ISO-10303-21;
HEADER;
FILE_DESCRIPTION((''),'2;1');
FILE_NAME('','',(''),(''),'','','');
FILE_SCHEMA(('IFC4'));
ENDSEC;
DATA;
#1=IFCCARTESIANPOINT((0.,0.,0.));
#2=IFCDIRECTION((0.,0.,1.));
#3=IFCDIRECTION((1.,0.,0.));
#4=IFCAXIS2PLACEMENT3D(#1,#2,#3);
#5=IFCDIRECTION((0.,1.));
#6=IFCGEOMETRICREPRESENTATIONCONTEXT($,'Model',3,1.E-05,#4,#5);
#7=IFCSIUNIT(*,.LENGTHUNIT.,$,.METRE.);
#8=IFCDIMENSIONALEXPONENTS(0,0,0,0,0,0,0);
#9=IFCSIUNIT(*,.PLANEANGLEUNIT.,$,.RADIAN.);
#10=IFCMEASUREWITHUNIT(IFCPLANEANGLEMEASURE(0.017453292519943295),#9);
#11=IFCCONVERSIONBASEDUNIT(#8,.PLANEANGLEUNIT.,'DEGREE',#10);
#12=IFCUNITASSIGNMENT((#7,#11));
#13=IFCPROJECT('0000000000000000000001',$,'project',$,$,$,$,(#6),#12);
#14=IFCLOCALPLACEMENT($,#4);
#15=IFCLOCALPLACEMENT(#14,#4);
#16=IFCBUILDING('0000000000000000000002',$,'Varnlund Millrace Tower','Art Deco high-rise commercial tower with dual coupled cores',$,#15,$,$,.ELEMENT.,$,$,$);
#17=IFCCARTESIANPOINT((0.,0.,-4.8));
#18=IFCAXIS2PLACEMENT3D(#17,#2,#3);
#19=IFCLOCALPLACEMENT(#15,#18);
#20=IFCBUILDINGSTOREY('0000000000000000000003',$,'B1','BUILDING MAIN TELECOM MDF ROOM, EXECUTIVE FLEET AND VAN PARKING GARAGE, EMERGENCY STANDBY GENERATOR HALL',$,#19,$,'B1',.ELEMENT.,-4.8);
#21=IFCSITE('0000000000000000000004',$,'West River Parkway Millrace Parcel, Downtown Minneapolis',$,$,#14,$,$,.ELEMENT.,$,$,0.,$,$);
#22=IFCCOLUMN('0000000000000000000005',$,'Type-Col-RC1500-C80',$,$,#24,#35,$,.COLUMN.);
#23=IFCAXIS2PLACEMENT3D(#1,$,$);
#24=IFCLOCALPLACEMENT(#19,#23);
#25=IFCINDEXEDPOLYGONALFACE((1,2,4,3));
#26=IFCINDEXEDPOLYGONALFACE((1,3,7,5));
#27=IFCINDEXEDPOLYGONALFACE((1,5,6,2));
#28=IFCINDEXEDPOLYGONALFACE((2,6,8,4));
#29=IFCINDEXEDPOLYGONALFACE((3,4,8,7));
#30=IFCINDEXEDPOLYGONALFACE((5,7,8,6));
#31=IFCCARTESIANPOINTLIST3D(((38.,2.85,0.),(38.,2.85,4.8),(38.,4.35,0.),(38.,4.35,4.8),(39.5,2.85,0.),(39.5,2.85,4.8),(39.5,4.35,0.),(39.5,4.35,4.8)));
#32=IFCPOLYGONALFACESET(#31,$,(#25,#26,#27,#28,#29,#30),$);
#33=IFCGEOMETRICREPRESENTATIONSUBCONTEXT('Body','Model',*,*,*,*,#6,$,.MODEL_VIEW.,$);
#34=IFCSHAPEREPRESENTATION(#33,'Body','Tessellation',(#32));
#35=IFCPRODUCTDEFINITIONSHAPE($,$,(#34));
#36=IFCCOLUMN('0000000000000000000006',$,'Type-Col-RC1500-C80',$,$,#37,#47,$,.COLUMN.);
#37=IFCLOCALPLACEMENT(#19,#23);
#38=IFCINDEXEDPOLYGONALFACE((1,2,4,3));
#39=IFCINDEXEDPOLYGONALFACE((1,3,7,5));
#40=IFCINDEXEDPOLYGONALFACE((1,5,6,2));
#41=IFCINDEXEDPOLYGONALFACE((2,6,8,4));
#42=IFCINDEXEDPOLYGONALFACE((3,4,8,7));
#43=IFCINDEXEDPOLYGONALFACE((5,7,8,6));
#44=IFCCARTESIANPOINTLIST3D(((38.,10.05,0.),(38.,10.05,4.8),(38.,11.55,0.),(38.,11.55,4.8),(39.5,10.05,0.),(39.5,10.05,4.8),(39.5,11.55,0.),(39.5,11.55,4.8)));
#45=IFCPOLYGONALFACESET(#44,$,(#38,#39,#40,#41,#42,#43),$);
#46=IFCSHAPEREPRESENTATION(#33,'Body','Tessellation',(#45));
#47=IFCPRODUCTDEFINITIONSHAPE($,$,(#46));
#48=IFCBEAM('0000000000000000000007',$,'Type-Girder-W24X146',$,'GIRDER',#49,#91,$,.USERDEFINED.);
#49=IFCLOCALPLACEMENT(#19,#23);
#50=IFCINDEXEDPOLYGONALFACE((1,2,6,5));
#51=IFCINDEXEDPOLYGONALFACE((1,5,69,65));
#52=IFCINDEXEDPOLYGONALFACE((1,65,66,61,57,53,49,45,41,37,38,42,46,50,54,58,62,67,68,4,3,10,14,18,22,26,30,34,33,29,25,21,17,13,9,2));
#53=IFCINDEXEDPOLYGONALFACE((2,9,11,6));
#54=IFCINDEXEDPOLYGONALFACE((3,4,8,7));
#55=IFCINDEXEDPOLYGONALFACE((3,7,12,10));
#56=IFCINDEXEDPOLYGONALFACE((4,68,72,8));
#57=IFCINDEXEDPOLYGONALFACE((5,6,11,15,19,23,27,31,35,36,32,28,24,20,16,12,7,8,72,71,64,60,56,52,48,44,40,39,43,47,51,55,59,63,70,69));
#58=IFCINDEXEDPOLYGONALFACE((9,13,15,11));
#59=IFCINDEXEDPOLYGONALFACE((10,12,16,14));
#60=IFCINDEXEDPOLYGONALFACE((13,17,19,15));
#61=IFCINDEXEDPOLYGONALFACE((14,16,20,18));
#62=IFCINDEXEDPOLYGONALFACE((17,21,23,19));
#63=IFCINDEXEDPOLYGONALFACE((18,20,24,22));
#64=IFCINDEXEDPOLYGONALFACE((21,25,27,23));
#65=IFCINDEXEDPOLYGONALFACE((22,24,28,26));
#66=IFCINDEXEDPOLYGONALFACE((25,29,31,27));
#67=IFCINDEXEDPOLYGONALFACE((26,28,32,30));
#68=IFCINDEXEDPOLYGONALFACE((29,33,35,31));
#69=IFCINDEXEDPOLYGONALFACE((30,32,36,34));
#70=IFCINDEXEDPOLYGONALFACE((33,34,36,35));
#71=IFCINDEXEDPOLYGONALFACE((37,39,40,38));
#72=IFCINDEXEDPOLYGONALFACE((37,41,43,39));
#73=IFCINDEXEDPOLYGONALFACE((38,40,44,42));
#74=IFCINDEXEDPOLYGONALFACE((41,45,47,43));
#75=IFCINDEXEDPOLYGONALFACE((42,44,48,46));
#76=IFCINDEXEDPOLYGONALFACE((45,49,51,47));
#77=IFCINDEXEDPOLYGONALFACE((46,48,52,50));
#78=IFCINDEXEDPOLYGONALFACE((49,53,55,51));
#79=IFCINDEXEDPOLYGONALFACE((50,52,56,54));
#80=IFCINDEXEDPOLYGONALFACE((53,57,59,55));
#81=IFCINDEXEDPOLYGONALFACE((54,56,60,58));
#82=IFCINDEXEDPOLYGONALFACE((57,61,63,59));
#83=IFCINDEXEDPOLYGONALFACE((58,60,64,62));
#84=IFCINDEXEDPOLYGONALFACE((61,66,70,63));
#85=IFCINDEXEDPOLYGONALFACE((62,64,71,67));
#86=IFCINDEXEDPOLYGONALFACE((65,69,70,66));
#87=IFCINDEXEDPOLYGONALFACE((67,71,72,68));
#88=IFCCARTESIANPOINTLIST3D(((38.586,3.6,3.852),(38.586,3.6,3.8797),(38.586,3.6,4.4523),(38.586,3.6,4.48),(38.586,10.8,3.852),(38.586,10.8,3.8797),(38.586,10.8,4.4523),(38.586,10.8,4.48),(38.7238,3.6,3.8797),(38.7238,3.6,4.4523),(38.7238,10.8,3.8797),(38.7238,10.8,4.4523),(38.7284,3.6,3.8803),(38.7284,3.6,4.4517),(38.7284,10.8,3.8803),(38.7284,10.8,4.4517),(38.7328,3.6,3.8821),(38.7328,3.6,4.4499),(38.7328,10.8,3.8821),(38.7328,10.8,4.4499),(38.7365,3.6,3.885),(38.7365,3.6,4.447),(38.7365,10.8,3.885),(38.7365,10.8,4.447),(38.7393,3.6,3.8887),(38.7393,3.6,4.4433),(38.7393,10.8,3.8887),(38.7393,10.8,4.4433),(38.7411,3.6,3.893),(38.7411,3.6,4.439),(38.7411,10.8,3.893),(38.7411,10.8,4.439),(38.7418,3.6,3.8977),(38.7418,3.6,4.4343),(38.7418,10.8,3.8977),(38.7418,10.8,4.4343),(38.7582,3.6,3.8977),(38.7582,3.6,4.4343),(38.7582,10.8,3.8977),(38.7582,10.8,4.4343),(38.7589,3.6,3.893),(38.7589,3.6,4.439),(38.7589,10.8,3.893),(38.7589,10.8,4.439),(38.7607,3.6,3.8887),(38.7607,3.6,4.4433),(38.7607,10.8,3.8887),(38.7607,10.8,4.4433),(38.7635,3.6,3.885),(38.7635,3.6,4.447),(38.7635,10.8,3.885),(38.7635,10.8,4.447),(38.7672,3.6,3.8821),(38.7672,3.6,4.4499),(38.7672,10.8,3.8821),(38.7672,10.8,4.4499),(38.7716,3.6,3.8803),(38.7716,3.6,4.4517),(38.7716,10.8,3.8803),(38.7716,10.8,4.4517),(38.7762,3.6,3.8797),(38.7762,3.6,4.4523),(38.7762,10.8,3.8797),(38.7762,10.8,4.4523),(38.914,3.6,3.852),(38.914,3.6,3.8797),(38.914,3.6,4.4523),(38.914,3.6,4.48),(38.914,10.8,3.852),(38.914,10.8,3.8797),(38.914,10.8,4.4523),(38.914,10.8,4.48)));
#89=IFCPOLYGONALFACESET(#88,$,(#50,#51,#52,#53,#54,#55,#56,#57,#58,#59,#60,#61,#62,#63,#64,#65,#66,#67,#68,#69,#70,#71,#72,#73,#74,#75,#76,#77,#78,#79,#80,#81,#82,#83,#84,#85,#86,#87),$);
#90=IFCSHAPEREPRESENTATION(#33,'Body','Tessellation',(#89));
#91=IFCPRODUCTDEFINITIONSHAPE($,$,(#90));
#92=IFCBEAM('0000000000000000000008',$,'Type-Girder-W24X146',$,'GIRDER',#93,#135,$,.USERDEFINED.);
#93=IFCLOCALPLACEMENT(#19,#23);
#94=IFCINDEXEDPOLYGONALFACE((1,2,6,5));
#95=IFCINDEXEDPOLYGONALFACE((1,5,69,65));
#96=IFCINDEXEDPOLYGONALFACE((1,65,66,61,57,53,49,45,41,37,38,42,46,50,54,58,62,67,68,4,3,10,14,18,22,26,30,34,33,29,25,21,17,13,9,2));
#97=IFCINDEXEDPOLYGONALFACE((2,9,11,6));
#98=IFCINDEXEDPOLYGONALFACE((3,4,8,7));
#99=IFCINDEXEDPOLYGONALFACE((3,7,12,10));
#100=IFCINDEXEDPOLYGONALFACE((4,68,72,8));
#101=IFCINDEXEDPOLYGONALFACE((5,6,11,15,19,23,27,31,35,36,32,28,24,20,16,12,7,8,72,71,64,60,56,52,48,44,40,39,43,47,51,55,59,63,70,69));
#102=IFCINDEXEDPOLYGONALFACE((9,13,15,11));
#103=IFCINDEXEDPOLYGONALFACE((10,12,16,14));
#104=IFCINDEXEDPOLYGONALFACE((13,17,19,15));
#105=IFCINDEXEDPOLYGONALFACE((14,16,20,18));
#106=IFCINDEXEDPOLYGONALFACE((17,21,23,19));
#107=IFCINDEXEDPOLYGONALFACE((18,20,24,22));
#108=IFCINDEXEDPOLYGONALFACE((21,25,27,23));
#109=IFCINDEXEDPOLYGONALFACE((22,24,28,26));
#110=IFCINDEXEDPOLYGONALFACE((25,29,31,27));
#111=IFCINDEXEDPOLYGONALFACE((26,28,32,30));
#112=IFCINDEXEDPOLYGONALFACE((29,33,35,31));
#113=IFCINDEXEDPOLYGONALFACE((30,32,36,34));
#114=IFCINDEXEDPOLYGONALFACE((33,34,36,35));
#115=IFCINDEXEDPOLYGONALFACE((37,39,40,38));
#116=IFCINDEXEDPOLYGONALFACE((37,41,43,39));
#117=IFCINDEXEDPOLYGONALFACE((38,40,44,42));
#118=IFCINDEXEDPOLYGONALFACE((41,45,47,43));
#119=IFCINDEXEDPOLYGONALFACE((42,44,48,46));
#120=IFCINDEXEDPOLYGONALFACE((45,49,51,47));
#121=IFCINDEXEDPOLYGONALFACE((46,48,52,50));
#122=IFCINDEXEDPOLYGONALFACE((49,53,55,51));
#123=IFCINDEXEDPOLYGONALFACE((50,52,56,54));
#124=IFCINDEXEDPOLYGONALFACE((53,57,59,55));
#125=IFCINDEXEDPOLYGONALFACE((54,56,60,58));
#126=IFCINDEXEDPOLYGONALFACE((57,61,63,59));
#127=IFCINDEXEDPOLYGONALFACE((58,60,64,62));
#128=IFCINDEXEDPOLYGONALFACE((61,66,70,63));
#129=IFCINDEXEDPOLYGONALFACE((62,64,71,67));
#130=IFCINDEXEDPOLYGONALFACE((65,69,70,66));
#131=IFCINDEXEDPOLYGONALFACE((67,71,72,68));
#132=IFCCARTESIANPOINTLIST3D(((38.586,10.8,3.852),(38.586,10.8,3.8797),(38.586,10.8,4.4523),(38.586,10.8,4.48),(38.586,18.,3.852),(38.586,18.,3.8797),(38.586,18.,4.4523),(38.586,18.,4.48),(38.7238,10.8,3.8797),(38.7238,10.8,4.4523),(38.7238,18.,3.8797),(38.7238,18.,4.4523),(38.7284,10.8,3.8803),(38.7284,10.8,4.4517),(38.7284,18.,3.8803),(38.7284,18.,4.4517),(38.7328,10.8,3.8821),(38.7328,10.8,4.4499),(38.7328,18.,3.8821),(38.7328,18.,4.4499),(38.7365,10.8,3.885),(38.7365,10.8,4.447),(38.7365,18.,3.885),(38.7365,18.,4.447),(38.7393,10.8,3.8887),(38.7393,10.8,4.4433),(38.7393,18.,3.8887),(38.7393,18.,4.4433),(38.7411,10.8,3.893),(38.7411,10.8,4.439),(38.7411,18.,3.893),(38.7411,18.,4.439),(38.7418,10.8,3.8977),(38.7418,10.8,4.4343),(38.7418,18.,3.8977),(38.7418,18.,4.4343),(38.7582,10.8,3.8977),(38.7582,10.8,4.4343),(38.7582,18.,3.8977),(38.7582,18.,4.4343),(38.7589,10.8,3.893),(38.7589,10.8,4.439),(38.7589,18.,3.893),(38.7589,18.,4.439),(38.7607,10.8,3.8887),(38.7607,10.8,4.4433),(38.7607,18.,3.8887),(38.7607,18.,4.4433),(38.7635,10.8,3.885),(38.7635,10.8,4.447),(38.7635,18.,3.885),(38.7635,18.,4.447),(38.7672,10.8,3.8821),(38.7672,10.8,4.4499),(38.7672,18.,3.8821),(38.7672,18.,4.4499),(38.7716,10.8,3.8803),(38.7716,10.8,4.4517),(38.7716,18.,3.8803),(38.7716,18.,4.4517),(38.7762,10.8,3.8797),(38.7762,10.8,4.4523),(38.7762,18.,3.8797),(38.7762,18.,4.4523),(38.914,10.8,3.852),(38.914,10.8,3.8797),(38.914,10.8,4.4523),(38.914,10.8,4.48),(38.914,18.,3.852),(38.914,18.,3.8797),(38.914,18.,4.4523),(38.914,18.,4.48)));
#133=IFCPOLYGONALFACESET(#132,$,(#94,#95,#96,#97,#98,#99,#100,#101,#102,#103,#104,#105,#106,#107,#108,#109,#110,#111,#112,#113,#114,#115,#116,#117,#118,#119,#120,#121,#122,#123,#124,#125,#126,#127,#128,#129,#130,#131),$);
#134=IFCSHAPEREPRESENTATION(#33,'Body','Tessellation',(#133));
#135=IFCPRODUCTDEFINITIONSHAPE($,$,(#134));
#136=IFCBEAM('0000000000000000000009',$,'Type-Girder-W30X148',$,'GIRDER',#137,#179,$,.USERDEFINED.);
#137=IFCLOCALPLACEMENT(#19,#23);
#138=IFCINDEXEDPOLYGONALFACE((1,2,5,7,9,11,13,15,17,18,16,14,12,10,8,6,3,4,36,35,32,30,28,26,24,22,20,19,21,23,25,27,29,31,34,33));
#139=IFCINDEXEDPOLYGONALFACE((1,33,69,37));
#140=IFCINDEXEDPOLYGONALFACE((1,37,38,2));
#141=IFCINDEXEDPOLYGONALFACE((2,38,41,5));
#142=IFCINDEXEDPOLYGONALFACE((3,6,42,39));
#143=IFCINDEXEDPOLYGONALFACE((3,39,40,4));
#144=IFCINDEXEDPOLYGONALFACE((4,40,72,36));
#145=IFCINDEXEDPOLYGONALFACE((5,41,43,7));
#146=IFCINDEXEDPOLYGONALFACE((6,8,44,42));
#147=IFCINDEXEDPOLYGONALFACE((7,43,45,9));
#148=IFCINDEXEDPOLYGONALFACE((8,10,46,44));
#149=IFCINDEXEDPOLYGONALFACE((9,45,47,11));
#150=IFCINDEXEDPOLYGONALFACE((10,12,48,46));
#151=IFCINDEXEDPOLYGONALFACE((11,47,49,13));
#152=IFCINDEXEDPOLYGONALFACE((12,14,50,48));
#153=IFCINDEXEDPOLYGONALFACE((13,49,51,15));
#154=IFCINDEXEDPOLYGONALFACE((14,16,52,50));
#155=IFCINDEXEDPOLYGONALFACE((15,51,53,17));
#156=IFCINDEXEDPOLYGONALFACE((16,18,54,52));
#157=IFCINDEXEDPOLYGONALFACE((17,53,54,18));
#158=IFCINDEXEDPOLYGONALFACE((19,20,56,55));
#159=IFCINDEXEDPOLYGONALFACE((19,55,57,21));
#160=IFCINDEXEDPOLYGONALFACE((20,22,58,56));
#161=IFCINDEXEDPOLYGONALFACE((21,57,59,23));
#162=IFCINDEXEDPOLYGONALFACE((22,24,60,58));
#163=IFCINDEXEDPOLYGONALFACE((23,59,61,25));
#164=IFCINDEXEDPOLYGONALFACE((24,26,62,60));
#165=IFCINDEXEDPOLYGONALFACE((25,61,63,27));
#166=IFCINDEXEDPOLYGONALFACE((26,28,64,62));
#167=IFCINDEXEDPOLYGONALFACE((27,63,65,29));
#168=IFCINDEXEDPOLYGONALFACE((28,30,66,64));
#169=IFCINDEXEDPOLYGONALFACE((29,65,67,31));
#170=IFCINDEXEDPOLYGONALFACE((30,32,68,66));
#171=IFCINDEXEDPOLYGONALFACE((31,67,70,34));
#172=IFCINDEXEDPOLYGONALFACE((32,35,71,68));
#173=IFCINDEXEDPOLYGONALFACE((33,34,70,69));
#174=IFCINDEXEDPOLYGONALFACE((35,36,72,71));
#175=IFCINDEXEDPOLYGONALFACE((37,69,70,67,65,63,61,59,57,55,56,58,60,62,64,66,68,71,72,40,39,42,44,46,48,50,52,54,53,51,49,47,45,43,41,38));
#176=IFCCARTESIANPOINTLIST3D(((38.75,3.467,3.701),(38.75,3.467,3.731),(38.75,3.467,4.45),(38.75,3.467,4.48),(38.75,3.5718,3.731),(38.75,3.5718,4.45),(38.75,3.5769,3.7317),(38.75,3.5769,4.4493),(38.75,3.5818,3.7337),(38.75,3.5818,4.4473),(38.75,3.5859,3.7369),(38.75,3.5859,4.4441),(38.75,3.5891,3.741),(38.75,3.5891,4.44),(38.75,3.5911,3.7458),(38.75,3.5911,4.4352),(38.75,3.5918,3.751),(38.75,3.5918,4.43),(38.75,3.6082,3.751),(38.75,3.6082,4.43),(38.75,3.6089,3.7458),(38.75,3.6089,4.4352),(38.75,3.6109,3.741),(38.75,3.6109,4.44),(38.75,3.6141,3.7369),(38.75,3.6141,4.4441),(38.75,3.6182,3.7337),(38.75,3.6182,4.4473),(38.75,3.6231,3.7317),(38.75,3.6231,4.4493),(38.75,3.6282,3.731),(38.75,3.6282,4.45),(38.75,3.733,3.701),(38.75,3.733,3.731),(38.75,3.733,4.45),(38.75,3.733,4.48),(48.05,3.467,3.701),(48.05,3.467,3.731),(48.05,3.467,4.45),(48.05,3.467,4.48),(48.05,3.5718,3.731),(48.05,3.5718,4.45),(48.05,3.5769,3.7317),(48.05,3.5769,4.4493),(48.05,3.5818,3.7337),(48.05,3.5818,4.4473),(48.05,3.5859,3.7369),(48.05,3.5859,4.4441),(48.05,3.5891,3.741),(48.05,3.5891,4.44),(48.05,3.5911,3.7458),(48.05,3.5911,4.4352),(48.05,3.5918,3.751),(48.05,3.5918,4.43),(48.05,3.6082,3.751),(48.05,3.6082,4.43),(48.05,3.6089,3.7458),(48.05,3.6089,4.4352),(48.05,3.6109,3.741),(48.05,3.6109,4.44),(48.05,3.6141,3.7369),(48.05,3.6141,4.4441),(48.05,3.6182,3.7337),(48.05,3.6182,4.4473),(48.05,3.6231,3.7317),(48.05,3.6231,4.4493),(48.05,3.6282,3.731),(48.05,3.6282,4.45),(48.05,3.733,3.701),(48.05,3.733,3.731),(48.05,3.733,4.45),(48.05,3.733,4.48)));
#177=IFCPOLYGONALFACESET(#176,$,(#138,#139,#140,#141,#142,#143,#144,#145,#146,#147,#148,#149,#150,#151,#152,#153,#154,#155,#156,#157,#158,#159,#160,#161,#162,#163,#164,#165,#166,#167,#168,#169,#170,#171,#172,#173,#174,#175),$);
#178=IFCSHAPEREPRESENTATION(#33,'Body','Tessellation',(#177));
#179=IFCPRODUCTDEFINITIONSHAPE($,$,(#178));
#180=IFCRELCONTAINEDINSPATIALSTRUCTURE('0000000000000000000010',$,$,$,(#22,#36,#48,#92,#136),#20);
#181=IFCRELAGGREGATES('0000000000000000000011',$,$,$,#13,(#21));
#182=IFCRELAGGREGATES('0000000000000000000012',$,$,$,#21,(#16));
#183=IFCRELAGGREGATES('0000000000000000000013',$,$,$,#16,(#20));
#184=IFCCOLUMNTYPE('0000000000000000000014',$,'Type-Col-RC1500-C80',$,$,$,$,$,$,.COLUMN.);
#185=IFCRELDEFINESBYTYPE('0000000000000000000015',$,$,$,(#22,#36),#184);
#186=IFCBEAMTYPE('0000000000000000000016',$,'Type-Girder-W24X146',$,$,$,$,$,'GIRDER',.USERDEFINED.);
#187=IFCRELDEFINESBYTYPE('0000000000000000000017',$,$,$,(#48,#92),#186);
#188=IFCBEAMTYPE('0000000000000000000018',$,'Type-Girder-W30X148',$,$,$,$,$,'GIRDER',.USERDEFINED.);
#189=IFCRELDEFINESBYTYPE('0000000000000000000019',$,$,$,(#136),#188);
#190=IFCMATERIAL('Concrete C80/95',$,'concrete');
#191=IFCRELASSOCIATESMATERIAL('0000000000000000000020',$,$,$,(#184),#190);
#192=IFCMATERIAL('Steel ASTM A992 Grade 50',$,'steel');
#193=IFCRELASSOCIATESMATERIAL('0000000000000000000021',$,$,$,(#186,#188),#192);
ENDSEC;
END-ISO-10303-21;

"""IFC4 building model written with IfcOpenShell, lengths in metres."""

from ifc_helpers import new_model, entity, si_unit, converted_unit, direction, frame, origin_with_axes, origin_2d_with_axis, place, context, subcontext, project, spatial, rectangle, i_section, extrude, material, material_profile, profile_set, type_object, element, save


model = new_model("IFC4")

# Units and contexts
model_context = context("Model", 3, precision=1e-05, world=origin_with_axes(), true_north=direction((0.0, 1.0)))
body_context = subcontext(model_context, "Body", "Model", "MODEL_VIEW")
ifc_project = project(units=[si_unit("LENGTHUNIT", "METRE"), converted_unit("PLANEANGLEUNIT", "DEGREE", entity("IfcPlaneAngleMeasure", 0.017453292519943295), si_unit("PLANEANGLEUNIT", "RADIAN"), dimensions=[0, 0, 0, 0, 0, 0, 0])], contexts=[model_context])

# Site, building, storey
site_placement = place(None, origin_with_axes())
site = spatial("IfcSite", under=ifc_project, at=site_placement, Name="West River Parkway Millrace Parcel, Downtown Minneapolis", CompositionType="ELEMENT", RefElevation=0.0)
building_placement = place(site_placement, origin_with_axes())
building = spatial("IfcBuilding", under=site, at=building_placement, Name="Varnlund Millrace Tower", Description="Art Deco high-rise commercial tower with dual coupled cores", CompositionType="ELEMENT")
storey_placement = place(building_placement, frame((0.0, 0.0, -4.8), z_axis=(0.0, 0.0, 1.0), x_axis=(1.0, 0.0, 0.0)))
storey = spatial("IfcBuildingStorey", under=building, at=storey_placement, Name="B1", Description="BUILDING MAIN TELECOM MDF ROOM, EXECUTIVE FLEET AND VAN PARKING GARAGE, EMERGENCY STANDBY GENERATOR HALL", LongName="B1", CompositionType="ELEMENT", Elevation=-4.8)

# Columns
ifc_material_1 = material(Name="Concrete C80/95", Category="concrete")
ifc_material_profile_1 = material_profile(ifc_material_1, rectangle(XDim=1.5, YDim=1.5, at=origin_2d_with_axis()), Name="Concrete C80/95")
ifc_profile_set_1 = profile_set([ifc_material_profile_1], Name="Concrete C80/95")
column_type = type_object("IfcColumnType", Name="Type-Col-RC1500-C80", PredefinedType="COLUMN", material=ifc_profile_set_1)
for number, where, z_axis, x_axis, name in (
    (1, (38.75, 3.6, 0.0), (0.0, 0.0, 1.0), (1.0, 0.0, 0.0), "Type-Col-RC1500-C80"),
    (2, (38.75, 10.8, 0.0), (0.0, 0.0, 1.0), (1.0, 0.0, 0.0), "Type-Col-RC1500-C80"),
):
    element("IfcColumn", number, at=place(storey_placement, frame(where, z_axis=z_axis, x_axis=x_axis)), inside=storey, type_object=column_type, Name=name, PredefinedType="COLUMN", context=body_context, shape_type="SweptSolid", body=[
        extrude(rectangle(XDim=1.5, YDim=1.5, at=origin_2d_with_axis()), origin_with_axes(), (0.0, 0.0, 1.0), 4.8),
    ])

# Beams
ifc_material_2 = material(Name="Steel ASTM A992 Grade 50", Category="steel")
ifc_material_profile_2 = material_profile(ifc_material_2, i_section(OverallWidth=0.328, OverallDepth=0.628, WebThickness=0.0165, FlangeThickness=0.0277, FilletRadius=0.018, at=origin_2d_with_axis()), Name="Steel ASTM A992 Grade 50")
ifc_profile_set_2 = profile_set([ifc_material_profile_2], Name="Steel ASTM A992 Grade 50")
beam_type_1 = type_object("IfcBeamType", Name="Type-Girder-W24X146", ElementType="GIRDER", PredefinedType="USERDEFINED", material=ifc_profile_set_2)
for number, where, z_axis, x_axis, name in (
    (3, (38.75, 3.6, 4.166), (0.0, 1.0, 0.0), (-1.0, 0.0, 0.0), "Type-Girder-W24X146"),
    (4, (38.75, 10.8, 4.166), (0.0, 1.0, 0.0), (-1.0, 0.0, 0.0), "Type-Girder-W24X146"),
):
    element("IfcBeam", number, at=place(storey_placement, frame(where, z_axis=z_axis, x_axis=x_axis)), inside=storey, type_object=beam_type_1, Name=name, ObjectType="GIRDER", PredefinedType="USERDEFINED", context=body_context, shape_type="SweptSolid", body=[
        extrude(i_section(OverallWidth=0.328, OverallDepth=0.628, WebThickness=0.0165, FlangeThickness=0.0277, FilletRadius=0.018, at=origin_2d_with_axis()), origin_with_axes(), (0.0, 0.0, 1.0), 7.2),
    ])
ifc_material_profile_3 = material_profile(ifc_material_2, i_section(OverallWidth=0.266, OverallDepth=0.779, WebThickness=0.0165, FlangeThickness=0.03, FilletRadius=0.02, at=origin_2d_with_axis()), Name="Steel ASTM A992 Grade 50")
ifc_profile_set_3 = profile_set([ifc_material_profile_3], Name="Steel ASTM A992 Grade 50")
beam_type_2 = type_object("IfcBeamType", Name="Type-Girder-W30X148", ElementType="GIRDER", PredefinedType="USERDEFINED", material=ifc_profile_set_3)
beam_1_placement = place(storey_placement, frame((38.75, 3.6, 4.0905), z_axis=(1.0, 0.0, 0.0), x_axis=(0.0, 1.0, 0.0)))
element("IfcBeam", 5, at=beam_1_placement, inside=storey, type_object=beam_type_2, Name="Type-Girder-W30X148", ObjectType="GIRDER", PredefinedType="USERDEFINED", context=body_context, shape_type="SweptSolid", body=[
    extrude(i_section(OverallWidth=0.266, OverallDepth=0.779, WebThickness=0.0165, FlangeThickness=0.03, FilletRadius=0.02, at=origin_2d_with_axis()), origin_with_axes(), (0.0, 0.0, 1.0), 9.3),
])

save(model, "model.ifc")
